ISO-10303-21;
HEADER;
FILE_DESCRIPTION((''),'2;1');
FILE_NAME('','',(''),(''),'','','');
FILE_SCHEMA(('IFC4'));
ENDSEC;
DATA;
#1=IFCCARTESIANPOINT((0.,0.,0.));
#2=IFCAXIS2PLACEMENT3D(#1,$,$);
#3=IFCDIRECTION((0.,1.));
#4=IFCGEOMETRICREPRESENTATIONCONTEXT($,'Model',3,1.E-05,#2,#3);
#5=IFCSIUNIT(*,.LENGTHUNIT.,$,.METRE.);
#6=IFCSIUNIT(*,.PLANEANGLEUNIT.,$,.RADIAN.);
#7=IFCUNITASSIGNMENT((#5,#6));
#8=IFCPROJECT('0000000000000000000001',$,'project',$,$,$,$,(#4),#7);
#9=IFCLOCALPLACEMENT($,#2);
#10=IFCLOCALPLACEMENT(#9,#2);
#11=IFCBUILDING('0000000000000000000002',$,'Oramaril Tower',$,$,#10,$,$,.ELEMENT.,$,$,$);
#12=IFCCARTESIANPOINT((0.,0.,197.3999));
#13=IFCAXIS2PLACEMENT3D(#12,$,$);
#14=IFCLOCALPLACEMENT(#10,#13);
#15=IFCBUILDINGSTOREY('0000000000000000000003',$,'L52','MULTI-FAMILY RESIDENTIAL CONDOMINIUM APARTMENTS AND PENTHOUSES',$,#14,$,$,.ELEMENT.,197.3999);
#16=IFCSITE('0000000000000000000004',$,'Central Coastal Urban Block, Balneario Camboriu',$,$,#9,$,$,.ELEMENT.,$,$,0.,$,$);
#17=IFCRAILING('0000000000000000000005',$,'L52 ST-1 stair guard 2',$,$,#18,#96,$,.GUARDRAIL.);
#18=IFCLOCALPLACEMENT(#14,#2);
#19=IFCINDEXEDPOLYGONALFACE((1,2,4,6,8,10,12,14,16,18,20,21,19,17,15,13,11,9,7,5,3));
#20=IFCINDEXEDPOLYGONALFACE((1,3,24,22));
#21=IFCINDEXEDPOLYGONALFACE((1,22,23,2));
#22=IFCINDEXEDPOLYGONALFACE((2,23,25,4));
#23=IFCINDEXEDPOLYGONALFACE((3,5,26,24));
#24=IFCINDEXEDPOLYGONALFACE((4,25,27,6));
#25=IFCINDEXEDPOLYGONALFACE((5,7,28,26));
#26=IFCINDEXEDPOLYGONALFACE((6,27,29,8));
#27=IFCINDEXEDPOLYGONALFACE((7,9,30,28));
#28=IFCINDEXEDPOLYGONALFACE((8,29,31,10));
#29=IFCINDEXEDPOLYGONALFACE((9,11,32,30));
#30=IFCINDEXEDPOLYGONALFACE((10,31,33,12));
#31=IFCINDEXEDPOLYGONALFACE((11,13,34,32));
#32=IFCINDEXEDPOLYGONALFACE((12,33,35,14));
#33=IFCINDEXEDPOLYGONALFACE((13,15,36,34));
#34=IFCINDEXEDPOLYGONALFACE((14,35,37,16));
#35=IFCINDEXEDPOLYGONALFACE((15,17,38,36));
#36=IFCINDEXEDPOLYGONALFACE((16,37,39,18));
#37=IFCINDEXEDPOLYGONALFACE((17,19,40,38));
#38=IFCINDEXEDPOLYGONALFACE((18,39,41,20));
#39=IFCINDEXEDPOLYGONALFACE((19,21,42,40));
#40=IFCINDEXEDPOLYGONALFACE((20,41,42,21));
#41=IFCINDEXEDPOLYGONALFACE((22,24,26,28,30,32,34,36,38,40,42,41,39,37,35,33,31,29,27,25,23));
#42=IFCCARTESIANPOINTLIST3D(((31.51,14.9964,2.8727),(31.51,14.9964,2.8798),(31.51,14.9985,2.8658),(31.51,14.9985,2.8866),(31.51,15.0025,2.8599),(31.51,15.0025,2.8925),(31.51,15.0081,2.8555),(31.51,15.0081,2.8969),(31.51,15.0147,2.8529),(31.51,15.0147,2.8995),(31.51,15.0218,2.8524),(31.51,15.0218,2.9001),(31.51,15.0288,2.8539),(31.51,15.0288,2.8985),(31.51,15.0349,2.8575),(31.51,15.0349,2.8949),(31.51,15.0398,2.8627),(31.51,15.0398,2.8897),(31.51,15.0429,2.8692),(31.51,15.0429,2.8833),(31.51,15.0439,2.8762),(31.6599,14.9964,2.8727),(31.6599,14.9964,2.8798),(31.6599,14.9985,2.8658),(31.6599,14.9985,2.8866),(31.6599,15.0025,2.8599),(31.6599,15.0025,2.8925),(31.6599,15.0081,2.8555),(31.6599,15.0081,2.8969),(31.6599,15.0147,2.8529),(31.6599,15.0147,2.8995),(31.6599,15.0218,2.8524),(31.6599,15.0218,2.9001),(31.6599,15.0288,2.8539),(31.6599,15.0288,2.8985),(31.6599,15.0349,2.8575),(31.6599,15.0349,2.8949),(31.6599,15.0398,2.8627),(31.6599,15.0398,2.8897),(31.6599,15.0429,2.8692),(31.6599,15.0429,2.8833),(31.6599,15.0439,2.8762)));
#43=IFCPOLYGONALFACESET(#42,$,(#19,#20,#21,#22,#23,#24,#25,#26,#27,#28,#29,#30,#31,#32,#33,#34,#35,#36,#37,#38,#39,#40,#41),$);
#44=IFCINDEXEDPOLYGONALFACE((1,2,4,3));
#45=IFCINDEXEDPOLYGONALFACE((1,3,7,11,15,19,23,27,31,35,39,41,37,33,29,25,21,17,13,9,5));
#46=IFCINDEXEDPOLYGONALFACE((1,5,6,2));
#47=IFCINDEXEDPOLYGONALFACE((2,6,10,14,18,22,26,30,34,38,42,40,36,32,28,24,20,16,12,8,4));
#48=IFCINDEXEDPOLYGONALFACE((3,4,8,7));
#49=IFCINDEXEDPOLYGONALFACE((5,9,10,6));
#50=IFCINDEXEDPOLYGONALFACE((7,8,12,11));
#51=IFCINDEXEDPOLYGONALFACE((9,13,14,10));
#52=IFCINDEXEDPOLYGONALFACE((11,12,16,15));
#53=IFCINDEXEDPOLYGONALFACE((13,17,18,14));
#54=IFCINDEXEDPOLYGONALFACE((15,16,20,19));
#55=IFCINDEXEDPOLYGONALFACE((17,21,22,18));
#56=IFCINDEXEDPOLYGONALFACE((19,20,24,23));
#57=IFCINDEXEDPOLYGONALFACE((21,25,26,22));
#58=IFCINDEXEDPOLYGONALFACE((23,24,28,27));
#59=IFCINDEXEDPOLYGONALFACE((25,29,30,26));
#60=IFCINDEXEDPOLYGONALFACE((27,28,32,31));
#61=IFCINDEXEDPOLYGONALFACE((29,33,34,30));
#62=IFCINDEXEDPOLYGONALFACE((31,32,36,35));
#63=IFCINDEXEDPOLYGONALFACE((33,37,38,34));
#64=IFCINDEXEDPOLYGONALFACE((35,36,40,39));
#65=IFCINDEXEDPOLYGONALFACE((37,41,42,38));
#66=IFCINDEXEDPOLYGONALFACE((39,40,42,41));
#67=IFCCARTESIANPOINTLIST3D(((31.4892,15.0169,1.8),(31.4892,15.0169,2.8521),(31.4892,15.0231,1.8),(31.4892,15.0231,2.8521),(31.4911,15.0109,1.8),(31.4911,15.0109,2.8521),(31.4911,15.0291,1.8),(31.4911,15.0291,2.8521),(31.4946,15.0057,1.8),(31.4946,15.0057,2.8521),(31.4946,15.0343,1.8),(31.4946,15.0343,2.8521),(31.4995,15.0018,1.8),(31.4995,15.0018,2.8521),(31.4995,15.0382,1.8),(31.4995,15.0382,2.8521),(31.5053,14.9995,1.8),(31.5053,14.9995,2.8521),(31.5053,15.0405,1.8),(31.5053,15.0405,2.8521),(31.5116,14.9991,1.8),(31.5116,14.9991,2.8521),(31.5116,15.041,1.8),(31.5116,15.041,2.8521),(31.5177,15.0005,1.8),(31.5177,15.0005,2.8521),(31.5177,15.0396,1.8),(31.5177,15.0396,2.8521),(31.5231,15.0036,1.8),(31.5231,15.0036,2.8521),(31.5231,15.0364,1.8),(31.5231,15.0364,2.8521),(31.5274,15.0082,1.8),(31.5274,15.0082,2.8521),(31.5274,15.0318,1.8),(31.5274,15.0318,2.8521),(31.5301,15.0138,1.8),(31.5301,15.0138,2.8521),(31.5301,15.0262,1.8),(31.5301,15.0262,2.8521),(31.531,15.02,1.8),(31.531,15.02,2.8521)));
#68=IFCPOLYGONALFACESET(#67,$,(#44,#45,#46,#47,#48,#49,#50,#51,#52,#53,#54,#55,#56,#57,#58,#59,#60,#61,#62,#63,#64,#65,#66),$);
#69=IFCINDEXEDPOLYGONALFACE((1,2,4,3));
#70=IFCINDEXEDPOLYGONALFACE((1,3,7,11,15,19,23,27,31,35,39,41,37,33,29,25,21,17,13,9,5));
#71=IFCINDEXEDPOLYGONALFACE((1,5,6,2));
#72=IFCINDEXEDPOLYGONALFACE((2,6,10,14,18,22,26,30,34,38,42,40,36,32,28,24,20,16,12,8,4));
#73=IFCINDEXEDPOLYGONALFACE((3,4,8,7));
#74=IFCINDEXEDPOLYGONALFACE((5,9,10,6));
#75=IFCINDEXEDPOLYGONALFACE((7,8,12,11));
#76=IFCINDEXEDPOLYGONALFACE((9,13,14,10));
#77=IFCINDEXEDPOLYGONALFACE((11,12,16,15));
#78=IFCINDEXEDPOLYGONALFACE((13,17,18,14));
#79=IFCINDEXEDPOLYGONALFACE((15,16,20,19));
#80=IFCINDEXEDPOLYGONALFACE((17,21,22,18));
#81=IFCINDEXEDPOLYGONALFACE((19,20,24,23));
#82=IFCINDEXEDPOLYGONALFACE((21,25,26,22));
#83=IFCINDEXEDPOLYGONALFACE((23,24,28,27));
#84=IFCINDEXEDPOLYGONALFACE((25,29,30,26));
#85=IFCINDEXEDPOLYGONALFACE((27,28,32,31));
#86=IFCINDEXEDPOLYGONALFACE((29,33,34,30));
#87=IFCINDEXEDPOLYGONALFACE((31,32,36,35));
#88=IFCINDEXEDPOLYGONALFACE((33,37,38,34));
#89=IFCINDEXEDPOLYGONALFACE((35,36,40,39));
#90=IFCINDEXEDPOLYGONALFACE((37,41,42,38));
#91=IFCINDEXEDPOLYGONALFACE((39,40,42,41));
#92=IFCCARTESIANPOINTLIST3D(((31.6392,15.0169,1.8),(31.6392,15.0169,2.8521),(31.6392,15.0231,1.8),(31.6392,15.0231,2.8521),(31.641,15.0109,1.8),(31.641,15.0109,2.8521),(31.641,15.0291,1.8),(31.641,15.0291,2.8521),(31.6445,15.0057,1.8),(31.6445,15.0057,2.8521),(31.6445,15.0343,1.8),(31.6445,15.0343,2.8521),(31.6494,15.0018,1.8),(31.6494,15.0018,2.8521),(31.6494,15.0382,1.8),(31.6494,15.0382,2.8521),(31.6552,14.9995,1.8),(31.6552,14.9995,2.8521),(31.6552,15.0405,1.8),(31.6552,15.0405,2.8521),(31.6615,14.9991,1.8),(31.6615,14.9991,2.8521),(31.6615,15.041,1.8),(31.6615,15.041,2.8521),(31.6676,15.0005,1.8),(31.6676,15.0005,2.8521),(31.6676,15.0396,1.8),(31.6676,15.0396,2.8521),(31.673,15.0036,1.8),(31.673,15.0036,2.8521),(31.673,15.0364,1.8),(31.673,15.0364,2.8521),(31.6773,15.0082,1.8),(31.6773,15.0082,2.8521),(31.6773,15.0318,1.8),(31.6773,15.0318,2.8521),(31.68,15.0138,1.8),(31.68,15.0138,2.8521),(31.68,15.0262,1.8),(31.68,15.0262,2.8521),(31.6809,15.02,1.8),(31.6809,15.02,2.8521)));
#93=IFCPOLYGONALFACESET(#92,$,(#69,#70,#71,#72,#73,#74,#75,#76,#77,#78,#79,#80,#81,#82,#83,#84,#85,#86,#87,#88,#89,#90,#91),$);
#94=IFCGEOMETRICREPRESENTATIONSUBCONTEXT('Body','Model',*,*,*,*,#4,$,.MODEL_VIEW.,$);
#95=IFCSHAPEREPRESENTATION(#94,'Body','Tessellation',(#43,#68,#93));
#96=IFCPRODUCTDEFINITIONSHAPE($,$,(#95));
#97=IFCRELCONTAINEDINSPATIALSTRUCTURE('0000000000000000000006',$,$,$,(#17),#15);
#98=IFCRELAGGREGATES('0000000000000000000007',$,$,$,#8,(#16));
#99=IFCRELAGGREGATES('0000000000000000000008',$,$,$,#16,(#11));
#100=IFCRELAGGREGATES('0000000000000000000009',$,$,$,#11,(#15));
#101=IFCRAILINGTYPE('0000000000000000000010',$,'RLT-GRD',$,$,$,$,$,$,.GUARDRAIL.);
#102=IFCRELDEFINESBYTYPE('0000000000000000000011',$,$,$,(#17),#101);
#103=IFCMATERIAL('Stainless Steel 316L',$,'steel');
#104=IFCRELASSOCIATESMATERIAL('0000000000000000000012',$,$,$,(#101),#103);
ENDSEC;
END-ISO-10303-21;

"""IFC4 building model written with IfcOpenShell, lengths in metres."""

from ifc_helpers import new_model, si_unit, direction, frame, origin, origin_2d, place, context, subcontext, project, spatial, circle, extrude, material, type_object, element, save


model = new_model("IFC4")

# Units and contexts
model_context = context("Model", 3, precision=1e-05, world=origin(), true_north=direction((0.0, 1.0)))
body_context = subcontext(model_context, "Body", "Model", "MODEL_VIEW")
ifc_project = project(units=[si_unit("LENGTHUNIT", "METRE"), si_unit("PLANEANGLEUNIT", "RADIAN")], contexts=[model_context])

# Site, building, storey
site_placement = place(None, origin())
site = spatial("IfcSite", under=ifc_project, at=site_placement, Name="Central Coastal Urban Block, Balneario Camboriu", CompositionType="ELEMENT", RefElevation=0.0)
building_placement = place(site_placement, origin())
building = spatial("IfcBuilding", under=site, at=building_placement, Name="Oramaril Tower", CompositionType="ELEMENT")
storey_placement = place(building_placement, frame((0.0, 0.0, 197.3999)))
storey = spatial("IfcBuildingStorey", under=building, at=storey_placement, Name="L52", Description="MULTI-FAMILY RESIDENTIAL CONDOMINIUM APARTMENTS AND PENTHOUSES", CompositionType="ELEMENT", Elevation=197.3999)

# Railing
ifc_material_1 = material(Name="Stainless Steel 316L", Category="steel")
railing_type_1 = type_object("IfcRailingType", Name="RLT-GRD", PredefinedType="GUARDRAIL", material=ifc_material_1)
railing_1_placement = place(storey_placement, frame((31.51, 15.02, 1.8)))
element("IfcRailing", 1, at=railing_1_placement, inside=storey, type_object=railing_type_1, Name="L52 ST-1 stair guard 2", PredefinedType="GUARDRAIL", context=body_context, shape_type="SweptSolid", body=[
    extrude(circle(Radius=0.0239, at=origin_2d()), frame((0.0, 0.0, 1.0762), z_axis=(1.0, 0.0, 0.0), x_axis=(0.0, 1.0, 0.0)), (0.0, 0.0, 1.0), 0.1499),
    extrude(circle(Radius=0.021, at=origin_2d()), origin(), (0.0, 0.0, 1.0), 1.052),
    extrude(circle(Radius=0.021, at=origin_2d()), frame((0.1499, 0.0, 0.0)), (0.0, 0.0, 1.0), 1.052),
])

save(model, "model.ifc")
